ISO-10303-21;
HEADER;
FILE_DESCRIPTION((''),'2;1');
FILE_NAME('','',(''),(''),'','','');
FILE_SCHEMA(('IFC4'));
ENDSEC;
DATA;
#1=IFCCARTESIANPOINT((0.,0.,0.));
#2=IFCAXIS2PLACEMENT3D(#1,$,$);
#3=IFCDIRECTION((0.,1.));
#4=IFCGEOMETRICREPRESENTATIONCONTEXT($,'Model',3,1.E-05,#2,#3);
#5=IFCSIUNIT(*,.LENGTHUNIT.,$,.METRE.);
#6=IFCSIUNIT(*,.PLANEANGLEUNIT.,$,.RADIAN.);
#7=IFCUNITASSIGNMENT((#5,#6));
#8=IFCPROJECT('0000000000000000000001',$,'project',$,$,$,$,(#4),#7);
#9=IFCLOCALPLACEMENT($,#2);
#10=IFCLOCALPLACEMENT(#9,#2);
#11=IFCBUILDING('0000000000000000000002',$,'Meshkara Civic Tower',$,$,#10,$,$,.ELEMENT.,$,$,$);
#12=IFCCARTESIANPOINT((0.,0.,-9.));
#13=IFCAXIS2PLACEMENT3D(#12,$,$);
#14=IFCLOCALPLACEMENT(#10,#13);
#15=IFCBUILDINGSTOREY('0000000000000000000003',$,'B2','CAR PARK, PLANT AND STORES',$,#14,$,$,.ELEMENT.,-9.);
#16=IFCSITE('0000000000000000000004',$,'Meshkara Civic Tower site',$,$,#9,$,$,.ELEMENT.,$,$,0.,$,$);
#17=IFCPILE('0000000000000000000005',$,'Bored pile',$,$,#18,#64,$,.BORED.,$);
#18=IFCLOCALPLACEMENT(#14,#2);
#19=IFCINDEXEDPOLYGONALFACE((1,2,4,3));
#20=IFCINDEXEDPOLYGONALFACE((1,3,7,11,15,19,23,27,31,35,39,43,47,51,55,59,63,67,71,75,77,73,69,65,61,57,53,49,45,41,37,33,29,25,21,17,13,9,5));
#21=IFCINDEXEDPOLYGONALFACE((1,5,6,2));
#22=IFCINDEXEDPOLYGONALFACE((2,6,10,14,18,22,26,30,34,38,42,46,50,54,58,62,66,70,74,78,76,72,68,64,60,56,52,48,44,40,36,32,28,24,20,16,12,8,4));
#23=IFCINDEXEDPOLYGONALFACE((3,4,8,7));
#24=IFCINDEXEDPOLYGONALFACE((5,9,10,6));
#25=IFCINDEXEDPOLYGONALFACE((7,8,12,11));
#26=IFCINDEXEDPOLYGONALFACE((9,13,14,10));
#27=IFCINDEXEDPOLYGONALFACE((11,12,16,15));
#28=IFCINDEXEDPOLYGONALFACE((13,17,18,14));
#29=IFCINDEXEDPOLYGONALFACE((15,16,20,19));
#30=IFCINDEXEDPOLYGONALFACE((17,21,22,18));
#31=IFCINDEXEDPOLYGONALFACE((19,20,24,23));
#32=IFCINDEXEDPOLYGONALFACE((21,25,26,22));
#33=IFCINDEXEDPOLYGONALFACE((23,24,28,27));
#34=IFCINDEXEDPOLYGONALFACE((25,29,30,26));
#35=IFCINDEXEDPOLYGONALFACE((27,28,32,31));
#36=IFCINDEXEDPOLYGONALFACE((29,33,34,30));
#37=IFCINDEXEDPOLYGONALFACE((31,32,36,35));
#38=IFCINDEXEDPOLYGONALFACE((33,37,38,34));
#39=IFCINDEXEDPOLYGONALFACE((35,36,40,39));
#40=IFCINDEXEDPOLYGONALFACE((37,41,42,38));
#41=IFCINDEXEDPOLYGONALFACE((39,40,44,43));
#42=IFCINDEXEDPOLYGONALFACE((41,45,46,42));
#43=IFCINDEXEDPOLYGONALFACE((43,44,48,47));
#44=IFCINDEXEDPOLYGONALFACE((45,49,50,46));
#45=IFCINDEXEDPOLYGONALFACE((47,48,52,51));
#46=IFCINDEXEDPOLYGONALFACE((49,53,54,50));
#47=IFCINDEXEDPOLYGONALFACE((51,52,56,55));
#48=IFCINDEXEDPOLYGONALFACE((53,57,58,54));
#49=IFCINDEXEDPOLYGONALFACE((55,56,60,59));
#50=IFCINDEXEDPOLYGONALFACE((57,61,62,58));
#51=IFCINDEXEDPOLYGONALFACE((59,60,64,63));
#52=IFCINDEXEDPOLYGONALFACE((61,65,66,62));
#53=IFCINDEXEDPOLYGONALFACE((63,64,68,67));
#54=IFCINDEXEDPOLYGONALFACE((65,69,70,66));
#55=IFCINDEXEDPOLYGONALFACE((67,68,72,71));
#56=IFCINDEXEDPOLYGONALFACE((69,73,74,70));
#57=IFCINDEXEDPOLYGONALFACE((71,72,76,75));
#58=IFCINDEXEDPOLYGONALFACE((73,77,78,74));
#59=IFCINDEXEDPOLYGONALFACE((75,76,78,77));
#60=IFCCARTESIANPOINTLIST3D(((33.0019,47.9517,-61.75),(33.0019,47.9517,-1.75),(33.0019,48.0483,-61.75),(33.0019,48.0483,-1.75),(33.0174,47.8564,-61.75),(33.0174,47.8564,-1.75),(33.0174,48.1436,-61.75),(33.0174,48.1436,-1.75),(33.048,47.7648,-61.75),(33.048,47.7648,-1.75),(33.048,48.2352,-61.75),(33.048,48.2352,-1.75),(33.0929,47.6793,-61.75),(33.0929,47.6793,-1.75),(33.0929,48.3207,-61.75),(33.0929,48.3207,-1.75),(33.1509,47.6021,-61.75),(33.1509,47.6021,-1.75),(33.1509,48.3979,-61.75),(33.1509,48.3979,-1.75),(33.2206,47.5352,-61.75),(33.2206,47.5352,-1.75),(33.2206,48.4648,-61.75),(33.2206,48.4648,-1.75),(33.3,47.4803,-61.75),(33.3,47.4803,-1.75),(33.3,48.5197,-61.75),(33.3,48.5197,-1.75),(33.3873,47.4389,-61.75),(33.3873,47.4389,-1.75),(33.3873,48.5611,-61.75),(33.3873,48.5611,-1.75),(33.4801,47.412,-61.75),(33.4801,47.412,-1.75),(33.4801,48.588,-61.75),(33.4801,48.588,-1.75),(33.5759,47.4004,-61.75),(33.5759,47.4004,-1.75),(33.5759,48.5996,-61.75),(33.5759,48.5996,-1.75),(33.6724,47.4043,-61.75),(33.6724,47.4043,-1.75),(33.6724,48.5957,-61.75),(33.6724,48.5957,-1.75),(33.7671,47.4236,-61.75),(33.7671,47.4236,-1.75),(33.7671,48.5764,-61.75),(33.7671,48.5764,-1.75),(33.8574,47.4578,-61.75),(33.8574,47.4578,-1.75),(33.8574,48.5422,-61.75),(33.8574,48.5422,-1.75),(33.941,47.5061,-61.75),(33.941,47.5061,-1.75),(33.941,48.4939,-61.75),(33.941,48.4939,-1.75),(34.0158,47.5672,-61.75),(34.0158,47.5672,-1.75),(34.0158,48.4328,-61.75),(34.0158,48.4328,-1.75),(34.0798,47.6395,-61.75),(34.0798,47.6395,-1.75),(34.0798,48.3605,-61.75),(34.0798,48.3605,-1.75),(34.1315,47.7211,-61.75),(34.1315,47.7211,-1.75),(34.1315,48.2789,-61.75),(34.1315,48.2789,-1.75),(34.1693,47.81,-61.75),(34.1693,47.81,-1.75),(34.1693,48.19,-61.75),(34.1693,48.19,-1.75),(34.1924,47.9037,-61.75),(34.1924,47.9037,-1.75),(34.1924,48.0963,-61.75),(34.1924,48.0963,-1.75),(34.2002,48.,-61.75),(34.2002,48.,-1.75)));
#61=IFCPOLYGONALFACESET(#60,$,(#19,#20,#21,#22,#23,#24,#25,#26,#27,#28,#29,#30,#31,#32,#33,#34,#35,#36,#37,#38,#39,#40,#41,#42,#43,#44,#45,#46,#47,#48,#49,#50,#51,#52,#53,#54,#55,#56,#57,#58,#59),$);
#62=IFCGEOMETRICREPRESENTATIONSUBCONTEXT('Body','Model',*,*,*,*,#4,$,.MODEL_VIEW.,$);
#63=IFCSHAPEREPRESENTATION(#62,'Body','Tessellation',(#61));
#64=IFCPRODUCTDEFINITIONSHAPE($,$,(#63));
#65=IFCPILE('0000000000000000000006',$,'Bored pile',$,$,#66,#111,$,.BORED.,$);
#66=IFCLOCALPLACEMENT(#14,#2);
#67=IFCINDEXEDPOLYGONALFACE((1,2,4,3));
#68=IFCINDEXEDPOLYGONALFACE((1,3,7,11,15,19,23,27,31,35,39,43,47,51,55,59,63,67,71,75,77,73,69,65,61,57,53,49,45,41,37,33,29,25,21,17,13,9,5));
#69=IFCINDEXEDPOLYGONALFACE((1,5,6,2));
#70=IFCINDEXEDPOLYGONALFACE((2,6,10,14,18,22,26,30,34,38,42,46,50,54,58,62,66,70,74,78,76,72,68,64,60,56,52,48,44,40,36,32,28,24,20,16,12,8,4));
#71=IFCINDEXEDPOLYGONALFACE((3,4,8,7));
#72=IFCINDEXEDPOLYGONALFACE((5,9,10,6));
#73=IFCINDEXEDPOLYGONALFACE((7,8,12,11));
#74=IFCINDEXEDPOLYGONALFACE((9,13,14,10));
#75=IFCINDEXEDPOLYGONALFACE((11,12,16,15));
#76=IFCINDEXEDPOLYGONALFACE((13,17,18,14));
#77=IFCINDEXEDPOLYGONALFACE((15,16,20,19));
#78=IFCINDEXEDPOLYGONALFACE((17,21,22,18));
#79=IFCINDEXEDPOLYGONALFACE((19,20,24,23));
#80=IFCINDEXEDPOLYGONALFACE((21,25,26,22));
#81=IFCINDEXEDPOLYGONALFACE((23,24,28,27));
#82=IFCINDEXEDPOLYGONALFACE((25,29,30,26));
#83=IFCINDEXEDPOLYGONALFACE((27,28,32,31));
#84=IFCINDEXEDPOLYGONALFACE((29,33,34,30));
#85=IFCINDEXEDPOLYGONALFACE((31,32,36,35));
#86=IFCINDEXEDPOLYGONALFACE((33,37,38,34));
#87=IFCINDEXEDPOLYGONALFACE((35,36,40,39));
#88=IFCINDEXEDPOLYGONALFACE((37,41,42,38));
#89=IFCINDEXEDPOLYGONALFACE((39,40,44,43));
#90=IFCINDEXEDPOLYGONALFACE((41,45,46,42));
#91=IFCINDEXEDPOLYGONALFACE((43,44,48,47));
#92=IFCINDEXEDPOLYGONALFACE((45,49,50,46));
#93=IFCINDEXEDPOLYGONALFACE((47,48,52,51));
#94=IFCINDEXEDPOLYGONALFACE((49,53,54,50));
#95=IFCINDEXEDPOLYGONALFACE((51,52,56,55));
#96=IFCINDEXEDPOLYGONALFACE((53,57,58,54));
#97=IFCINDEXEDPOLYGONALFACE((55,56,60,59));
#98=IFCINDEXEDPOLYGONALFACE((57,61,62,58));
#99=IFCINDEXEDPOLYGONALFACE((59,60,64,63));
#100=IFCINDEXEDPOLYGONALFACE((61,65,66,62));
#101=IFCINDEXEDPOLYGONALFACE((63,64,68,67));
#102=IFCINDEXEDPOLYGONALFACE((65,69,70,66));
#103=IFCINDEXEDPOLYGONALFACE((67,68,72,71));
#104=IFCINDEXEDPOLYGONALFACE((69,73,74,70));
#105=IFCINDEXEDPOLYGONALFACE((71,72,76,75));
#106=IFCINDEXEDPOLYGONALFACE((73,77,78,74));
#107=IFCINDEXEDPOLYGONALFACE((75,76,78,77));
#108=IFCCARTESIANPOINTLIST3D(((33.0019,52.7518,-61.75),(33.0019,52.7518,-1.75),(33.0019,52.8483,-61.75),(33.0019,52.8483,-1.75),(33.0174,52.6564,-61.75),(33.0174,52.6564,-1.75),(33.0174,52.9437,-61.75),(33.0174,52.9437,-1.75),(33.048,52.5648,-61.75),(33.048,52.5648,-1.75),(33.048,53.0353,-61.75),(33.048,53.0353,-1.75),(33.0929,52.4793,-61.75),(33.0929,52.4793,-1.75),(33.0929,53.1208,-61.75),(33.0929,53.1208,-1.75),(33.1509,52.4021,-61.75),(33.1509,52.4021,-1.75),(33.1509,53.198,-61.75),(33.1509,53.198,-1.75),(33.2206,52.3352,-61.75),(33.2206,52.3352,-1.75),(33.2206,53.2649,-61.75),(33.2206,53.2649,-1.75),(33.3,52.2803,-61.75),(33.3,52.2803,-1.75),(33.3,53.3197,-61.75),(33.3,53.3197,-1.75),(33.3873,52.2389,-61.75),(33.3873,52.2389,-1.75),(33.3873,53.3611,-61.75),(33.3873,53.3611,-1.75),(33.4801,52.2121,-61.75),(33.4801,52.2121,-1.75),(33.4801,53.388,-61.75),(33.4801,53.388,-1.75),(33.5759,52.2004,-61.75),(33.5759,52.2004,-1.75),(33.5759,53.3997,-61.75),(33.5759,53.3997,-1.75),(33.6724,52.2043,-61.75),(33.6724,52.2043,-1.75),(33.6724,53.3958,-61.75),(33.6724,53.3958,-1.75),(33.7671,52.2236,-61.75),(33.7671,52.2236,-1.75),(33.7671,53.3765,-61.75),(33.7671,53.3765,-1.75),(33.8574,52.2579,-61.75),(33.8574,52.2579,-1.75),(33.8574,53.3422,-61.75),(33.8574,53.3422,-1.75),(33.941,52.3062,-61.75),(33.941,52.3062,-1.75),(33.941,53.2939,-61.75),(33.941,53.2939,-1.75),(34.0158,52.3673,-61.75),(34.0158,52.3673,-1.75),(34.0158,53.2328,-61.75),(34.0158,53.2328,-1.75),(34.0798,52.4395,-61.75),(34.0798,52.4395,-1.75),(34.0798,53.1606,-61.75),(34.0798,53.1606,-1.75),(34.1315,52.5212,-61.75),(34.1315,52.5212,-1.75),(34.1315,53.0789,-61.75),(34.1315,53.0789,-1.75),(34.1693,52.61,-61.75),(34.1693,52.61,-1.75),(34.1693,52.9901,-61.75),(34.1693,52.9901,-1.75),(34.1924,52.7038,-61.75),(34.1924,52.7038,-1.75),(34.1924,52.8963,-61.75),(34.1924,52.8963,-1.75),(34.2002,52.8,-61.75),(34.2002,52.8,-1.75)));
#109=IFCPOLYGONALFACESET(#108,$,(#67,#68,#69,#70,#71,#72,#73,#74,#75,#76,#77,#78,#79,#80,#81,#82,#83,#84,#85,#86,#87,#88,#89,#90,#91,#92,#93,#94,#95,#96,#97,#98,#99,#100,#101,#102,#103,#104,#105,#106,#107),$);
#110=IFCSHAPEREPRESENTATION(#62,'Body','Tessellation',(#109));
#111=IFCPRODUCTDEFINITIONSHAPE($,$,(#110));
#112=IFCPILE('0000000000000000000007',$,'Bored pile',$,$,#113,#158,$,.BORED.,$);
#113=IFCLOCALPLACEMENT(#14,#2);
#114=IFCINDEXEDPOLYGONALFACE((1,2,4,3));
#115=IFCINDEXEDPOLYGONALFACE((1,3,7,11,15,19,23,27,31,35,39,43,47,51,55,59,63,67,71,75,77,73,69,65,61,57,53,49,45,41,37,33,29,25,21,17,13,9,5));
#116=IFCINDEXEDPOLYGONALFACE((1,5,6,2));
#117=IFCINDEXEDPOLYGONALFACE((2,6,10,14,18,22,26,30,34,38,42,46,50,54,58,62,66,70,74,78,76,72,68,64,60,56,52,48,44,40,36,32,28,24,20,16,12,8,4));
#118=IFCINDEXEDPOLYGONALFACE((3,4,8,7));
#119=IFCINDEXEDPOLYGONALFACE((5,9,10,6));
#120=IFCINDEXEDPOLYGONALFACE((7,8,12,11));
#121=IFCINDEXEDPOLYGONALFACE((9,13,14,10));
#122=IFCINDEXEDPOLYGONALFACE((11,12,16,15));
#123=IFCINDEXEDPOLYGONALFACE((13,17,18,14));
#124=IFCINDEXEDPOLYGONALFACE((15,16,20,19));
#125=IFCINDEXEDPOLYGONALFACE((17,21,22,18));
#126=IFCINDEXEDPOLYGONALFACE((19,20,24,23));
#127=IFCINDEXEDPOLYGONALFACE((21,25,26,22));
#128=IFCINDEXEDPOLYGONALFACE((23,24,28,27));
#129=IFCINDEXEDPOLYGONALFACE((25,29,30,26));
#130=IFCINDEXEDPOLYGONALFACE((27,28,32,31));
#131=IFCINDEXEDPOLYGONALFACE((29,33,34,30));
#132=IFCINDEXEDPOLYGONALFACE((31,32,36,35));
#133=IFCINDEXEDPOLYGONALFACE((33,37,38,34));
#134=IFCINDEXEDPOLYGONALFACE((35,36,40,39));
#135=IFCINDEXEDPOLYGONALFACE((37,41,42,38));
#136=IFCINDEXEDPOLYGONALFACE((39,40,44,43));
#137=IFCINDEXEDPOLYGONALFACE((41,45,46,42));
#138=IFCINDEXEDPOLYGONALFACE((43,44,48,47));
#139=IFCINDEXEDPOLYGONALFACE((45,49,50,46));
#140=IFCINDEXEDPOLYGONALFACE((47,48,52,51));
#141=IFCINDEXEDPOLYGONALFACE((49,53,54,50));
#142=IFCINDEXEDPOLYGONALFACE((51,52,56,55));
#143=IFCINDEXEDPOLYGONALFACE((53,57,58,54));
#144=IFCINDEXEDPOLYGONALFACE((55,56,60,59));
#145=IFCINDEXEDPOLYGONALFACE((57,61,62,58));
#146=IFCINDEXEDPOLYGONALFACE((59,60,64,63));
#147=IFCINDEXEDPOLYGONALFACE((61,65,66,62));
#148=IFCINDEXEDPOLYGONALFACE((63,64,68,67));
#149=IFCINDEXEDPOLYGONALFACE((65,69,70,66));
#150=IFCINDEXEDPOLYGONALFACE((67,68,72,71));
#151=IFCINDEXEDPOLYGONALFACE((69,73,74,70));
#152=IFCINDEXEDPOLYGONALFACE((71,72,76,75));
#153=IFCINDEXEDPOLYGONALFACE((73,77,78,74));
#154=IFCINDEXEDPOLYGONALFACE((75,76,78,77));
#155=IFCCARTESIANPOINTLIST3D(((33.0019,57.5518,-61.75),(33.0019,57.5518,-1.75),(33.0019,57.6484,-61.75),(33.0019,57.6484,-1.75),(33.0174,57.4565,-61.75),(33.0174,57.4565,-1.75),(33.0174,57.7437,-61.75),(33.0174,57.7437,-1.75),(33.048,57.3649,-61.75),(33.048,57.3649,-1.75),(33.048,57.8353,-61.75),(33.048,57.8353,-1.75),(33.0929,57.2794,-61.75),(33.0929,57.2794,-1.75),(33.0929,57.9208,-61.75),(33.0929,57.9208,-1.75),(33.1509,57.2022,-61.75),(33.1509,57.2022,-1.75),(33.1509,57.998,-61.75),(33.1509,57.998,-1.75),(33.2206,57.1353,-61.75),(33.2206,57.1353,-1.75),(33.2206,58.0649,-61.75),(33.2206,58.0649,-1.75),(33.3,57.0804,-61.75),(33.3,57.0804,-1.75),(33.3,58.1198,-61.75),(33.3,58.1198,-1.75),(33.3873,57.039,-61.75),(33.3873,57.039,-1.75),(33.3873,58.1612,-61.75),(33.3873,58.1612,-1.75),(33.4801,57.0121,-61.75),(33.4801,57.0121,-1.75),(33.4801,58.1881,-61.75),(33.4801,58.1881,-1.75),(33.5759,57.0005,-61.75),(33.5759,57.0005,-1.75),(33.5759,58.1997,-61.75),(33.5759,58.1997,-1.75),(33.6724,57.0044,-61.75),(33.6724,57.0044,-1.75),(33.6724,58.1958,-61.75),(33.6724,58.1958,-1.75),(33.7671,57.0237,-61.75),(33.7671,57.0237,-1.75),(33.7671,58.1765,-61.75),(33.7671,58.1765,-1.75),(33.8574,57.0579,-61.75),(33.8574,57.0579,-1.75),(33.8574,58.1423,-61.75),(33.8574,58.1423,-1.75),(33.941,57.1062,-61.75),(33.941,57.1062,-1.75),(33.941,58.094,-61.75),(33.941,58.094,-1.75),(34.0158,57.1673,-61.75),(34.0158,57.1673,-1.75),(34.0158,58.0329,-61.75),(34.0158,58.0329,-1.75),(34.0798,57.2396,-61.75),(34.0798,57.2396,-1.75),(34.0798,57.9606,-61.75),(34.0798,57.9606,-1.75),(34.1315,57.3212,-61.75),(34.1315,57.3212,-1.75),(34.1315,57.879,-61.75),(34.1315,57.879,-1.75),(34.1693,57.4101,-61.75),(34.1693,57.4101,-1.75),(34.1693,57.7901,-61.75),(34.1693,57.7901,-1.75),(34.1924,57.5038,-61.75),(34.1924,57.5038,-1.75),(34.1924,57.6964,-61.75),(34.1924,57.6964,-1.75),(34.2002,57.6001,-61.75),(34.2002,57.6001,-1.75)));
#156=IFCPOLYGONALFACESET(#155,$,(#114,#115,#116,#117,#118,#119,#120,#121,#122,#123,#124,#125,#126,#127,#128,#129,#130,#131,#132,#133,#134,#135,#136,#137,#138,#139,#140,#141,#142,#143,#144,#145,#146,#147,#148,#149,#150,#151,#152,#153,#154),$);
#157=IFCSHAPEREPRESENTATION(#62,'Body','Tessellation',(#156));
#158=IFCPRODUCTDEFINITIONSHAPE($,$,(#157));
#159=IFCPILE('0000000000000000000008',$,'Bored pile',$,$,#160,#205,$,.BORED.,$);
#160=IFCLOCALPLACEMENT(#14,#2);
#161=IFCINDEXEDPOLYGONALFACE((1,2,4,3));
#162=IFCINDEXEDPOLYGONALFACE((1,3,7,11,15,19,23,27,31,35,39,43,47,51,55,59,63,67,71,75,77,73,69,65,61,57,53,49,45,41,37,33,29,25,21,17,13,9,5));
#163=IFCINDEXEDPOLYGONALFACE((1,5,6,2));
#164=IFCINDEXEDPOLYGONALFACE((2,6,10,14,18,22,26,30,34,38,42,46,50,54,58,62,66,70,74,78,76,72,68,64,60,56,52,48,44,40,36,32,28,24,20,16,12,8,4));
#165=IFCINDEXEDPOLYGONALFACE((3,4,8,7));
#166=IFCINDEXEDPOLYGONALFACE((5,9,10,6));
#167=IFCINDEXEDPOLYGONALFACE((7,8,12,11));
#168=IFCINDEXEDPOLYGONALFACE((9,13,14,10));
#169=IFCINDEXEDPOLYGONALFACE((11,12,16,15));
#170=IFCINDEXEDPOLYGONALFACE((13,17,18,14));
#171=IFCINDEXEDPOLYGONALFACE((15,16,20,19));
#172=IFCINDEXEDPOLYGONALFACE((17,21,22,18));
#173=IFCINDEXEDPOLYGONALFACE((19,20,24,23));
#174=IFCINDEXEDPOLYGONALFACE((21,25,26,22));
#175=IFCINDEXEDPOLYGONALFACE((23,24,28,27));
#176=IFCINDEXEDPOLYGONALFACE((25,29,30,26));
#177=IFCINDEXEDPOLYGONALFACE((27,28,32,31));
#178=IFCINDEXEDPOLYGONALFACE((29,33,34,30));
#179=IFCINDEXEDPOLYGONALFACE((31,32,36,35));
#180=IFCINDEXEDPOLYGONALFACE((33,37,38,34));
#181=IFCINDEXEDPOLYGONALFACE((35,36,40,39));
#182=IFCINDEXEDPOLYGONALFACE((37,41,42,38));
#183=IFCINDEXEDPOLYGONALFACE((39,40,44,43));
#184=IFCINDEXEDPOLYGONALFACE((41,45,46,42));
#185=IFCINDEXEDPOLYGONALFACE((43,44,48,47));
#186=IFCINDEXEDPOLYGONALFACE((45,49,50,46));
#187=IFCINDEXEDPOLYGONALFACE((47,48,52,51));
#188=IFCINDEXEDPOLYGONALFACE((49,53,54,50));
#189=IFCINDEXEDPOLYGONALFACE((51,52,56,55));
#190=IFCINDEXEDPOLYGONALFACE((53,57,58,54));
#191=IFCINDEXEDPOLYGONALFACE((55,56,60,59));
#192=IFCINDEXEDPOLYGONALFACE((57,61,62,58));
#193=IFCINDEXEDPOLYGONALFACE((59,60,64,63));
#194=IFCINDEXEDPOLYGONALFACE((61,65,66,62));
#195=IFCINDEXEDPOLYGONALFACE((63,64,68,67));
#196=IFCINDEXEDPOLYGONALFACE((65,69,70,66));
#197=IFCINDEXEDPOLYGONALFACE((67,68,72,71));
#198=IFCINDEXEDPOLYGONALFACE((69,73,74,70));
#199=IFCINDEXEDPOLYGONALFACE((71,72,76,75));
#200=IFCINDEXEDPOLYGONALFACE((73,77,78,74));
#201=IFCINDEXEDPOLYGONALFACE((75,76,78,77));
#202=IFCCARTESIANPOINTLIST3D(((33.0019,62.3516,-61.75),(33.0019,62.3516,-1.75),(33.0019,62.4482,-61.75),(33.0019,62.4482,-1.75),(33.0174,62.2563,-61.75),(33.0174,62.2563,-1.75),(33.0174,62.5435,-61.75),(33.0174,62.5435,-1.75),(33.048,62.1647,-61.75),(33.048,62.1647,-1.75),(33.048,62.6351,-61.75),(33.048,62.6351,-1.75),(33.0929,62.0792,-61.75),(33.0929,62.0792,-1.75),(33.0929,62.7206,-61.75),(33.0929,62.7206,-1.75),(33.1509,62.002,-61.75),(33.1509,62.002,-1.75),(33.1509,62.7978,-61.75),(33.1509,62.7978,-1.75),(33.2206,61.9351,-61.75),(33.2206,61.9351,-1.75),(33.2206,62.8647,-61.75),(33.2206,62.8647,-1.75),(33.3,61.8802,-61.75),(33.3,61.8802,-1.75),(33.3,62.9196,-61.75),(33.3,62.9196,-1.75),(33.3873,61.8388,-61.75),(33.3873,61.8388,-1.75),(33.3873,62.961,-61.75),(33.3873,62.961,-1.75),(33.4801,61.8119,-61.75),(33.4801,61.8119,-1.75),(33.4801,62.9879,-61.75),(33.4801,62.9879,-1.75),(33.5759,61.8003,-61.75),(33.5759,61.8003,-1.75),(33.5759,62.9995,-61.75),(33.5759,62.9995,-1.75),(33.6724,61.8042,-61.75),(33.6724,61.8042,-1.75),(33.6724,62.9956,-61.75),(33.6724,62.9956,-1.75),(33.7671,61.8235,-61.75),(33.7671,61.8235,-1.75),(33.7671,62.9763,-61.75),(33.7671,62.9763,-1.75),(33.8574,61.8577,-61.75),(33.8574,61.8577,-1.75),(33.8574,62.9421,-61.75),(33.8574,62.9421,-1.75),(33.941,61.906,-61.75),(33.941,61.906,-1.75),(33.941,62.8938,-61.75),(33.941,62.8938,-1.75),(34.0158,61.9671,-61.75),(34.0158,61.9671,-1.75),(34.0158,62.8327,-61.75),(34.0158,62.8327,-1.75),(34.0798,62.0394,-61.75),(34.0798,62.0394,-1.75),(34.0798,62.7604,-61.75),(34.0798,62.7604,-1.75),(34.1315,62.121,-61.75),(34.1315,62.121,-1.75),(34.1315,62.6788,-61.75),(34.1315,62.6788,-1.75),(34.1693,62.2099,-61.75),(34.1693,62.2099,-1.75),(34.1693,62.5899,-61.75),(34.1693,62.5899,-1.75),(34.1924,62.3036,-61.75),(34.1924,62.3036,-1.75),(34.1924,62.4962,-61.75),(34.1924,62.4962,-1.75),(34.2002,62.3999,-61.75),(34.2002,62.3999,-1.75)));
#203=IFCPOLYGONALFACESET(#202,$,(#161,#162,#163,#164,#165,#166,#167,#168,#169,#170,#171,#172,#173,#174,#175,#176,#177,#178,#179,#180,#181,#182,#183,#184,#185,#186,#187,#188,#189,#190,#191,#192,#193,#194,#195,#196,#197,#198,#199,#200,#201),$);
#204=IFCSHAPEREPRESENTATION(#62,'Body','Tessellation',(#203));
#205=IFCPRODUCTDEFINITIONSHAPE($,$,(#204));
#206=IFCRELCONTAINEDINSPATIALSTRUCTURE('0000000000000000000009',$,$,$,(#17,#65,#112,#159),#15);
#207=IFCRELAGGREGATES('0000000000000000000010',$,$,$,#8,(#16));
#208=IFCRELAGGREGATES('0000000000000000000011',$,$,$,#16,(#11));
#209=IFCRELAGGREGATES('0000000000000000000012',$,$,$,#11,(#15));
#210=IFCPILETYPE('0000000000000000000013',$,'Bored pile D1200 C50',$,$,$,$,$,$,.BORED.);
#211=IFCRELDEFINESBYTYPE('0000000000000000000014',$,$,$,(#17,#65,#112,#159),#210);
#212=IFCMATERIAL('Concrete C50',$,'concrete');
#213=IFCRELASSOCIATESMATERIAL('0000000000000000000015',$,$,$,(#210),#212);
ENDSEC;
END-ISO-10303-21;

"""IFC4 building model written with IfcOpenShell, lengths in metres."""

from ifc_helpers import new_model, si_unit, direction, frame, origin, origin_2d, place, context, subcontext, project, spatial, circle, extrude, material, material_profile, profile_set, type_object, element, save


model = new_model("IFC4")

# Units and contexts
model_context = context("Model", 3, precision=1e-05, world=origin(), true_north=direction((0.0, 1.0)))
body_context = subcontext(model_context, "Body", "Model", "MODEL_VIEW")
ifc_project = project(units=[si_unit("LENGTHUNIT", "METRE"), si_unit("PLANEANGLEUNIT", "RADIAN")], contexts=[model_context])

# Site, building, storey
site_placement = place(None, origin())
site = spatial("IfcSite", under=ifc_project, at=site_placement, Name="Meshkara Civic Tower site", CompositionType="ELEMENT", RefElevation=0.0)
building_placement = place(site_placement, origin())
building = spatial("IfcBuilding", under=site, at=building_placement, Name="Meshkara Civic Tower", CompositionType="ELEMENT")
storey_placement = place(building_placement, frame((0.0, 0.0, -9.0)))
storey = spatial("IfcBuildingStorey", under=building, at=storey_placement, Name="B2", Description="CAR PARK, PLANT AND STORES", CompositionType="ELEMENT", Elevation=-9.0)

# Piles
ifc_material_1 = material(Name="Concrete C50", Category="concrete")
ifc_material_profile_1 = material_profile(ifc_material_1, circle(Radius=0.6001, at=origin_2d()))
ifc_profile_set_1 = profile_set([ifc_material_profile_1], Name="Concrete C50")
pile_type = type_object("IfcPileType", Name="Bored pile D1200 C50", PredefinedType="BORED", material=ifc_profile_set_1)
for number, where, z_axis, x_axis, name in (
    (1, (33.6001, 48.0, -1.75), (0.0, 0.0, -1.0), (1.0, 0.0, 0.0), "Bored pile"),
    (2, (33.6001, 52.8, -1.75), (0.0, 0.0, -1.0), (1.0, 0.0, 0.0), "Bored pile"),
    (3, (33.6001, 57.6001, -1.75), (0.0, 0.0, -1.0), (1.0, 0.0, 0.0), "Bored pile"),
    (4, (33.6001, 62.3999, -1.75), (0.0, 0.0, -1.0), (1.0, 0.0, 0.0), "Bored pile"),
):
    element("IfcPile", number, at=place(storey_placement, frame(where, z_axis=z_axis, x_axis=x_axis)), inside=storey, type_object=pile_type, Name=name, PredefinedType="BORED", context=body_context, shape_type="SweptSolid", body=[
        extrude(circle(Radius=0.6001, at=origin_2d()), origin(), (0.0, 0.0, 1.0), 60.0),
    ])

save(model, "model.ifc")
